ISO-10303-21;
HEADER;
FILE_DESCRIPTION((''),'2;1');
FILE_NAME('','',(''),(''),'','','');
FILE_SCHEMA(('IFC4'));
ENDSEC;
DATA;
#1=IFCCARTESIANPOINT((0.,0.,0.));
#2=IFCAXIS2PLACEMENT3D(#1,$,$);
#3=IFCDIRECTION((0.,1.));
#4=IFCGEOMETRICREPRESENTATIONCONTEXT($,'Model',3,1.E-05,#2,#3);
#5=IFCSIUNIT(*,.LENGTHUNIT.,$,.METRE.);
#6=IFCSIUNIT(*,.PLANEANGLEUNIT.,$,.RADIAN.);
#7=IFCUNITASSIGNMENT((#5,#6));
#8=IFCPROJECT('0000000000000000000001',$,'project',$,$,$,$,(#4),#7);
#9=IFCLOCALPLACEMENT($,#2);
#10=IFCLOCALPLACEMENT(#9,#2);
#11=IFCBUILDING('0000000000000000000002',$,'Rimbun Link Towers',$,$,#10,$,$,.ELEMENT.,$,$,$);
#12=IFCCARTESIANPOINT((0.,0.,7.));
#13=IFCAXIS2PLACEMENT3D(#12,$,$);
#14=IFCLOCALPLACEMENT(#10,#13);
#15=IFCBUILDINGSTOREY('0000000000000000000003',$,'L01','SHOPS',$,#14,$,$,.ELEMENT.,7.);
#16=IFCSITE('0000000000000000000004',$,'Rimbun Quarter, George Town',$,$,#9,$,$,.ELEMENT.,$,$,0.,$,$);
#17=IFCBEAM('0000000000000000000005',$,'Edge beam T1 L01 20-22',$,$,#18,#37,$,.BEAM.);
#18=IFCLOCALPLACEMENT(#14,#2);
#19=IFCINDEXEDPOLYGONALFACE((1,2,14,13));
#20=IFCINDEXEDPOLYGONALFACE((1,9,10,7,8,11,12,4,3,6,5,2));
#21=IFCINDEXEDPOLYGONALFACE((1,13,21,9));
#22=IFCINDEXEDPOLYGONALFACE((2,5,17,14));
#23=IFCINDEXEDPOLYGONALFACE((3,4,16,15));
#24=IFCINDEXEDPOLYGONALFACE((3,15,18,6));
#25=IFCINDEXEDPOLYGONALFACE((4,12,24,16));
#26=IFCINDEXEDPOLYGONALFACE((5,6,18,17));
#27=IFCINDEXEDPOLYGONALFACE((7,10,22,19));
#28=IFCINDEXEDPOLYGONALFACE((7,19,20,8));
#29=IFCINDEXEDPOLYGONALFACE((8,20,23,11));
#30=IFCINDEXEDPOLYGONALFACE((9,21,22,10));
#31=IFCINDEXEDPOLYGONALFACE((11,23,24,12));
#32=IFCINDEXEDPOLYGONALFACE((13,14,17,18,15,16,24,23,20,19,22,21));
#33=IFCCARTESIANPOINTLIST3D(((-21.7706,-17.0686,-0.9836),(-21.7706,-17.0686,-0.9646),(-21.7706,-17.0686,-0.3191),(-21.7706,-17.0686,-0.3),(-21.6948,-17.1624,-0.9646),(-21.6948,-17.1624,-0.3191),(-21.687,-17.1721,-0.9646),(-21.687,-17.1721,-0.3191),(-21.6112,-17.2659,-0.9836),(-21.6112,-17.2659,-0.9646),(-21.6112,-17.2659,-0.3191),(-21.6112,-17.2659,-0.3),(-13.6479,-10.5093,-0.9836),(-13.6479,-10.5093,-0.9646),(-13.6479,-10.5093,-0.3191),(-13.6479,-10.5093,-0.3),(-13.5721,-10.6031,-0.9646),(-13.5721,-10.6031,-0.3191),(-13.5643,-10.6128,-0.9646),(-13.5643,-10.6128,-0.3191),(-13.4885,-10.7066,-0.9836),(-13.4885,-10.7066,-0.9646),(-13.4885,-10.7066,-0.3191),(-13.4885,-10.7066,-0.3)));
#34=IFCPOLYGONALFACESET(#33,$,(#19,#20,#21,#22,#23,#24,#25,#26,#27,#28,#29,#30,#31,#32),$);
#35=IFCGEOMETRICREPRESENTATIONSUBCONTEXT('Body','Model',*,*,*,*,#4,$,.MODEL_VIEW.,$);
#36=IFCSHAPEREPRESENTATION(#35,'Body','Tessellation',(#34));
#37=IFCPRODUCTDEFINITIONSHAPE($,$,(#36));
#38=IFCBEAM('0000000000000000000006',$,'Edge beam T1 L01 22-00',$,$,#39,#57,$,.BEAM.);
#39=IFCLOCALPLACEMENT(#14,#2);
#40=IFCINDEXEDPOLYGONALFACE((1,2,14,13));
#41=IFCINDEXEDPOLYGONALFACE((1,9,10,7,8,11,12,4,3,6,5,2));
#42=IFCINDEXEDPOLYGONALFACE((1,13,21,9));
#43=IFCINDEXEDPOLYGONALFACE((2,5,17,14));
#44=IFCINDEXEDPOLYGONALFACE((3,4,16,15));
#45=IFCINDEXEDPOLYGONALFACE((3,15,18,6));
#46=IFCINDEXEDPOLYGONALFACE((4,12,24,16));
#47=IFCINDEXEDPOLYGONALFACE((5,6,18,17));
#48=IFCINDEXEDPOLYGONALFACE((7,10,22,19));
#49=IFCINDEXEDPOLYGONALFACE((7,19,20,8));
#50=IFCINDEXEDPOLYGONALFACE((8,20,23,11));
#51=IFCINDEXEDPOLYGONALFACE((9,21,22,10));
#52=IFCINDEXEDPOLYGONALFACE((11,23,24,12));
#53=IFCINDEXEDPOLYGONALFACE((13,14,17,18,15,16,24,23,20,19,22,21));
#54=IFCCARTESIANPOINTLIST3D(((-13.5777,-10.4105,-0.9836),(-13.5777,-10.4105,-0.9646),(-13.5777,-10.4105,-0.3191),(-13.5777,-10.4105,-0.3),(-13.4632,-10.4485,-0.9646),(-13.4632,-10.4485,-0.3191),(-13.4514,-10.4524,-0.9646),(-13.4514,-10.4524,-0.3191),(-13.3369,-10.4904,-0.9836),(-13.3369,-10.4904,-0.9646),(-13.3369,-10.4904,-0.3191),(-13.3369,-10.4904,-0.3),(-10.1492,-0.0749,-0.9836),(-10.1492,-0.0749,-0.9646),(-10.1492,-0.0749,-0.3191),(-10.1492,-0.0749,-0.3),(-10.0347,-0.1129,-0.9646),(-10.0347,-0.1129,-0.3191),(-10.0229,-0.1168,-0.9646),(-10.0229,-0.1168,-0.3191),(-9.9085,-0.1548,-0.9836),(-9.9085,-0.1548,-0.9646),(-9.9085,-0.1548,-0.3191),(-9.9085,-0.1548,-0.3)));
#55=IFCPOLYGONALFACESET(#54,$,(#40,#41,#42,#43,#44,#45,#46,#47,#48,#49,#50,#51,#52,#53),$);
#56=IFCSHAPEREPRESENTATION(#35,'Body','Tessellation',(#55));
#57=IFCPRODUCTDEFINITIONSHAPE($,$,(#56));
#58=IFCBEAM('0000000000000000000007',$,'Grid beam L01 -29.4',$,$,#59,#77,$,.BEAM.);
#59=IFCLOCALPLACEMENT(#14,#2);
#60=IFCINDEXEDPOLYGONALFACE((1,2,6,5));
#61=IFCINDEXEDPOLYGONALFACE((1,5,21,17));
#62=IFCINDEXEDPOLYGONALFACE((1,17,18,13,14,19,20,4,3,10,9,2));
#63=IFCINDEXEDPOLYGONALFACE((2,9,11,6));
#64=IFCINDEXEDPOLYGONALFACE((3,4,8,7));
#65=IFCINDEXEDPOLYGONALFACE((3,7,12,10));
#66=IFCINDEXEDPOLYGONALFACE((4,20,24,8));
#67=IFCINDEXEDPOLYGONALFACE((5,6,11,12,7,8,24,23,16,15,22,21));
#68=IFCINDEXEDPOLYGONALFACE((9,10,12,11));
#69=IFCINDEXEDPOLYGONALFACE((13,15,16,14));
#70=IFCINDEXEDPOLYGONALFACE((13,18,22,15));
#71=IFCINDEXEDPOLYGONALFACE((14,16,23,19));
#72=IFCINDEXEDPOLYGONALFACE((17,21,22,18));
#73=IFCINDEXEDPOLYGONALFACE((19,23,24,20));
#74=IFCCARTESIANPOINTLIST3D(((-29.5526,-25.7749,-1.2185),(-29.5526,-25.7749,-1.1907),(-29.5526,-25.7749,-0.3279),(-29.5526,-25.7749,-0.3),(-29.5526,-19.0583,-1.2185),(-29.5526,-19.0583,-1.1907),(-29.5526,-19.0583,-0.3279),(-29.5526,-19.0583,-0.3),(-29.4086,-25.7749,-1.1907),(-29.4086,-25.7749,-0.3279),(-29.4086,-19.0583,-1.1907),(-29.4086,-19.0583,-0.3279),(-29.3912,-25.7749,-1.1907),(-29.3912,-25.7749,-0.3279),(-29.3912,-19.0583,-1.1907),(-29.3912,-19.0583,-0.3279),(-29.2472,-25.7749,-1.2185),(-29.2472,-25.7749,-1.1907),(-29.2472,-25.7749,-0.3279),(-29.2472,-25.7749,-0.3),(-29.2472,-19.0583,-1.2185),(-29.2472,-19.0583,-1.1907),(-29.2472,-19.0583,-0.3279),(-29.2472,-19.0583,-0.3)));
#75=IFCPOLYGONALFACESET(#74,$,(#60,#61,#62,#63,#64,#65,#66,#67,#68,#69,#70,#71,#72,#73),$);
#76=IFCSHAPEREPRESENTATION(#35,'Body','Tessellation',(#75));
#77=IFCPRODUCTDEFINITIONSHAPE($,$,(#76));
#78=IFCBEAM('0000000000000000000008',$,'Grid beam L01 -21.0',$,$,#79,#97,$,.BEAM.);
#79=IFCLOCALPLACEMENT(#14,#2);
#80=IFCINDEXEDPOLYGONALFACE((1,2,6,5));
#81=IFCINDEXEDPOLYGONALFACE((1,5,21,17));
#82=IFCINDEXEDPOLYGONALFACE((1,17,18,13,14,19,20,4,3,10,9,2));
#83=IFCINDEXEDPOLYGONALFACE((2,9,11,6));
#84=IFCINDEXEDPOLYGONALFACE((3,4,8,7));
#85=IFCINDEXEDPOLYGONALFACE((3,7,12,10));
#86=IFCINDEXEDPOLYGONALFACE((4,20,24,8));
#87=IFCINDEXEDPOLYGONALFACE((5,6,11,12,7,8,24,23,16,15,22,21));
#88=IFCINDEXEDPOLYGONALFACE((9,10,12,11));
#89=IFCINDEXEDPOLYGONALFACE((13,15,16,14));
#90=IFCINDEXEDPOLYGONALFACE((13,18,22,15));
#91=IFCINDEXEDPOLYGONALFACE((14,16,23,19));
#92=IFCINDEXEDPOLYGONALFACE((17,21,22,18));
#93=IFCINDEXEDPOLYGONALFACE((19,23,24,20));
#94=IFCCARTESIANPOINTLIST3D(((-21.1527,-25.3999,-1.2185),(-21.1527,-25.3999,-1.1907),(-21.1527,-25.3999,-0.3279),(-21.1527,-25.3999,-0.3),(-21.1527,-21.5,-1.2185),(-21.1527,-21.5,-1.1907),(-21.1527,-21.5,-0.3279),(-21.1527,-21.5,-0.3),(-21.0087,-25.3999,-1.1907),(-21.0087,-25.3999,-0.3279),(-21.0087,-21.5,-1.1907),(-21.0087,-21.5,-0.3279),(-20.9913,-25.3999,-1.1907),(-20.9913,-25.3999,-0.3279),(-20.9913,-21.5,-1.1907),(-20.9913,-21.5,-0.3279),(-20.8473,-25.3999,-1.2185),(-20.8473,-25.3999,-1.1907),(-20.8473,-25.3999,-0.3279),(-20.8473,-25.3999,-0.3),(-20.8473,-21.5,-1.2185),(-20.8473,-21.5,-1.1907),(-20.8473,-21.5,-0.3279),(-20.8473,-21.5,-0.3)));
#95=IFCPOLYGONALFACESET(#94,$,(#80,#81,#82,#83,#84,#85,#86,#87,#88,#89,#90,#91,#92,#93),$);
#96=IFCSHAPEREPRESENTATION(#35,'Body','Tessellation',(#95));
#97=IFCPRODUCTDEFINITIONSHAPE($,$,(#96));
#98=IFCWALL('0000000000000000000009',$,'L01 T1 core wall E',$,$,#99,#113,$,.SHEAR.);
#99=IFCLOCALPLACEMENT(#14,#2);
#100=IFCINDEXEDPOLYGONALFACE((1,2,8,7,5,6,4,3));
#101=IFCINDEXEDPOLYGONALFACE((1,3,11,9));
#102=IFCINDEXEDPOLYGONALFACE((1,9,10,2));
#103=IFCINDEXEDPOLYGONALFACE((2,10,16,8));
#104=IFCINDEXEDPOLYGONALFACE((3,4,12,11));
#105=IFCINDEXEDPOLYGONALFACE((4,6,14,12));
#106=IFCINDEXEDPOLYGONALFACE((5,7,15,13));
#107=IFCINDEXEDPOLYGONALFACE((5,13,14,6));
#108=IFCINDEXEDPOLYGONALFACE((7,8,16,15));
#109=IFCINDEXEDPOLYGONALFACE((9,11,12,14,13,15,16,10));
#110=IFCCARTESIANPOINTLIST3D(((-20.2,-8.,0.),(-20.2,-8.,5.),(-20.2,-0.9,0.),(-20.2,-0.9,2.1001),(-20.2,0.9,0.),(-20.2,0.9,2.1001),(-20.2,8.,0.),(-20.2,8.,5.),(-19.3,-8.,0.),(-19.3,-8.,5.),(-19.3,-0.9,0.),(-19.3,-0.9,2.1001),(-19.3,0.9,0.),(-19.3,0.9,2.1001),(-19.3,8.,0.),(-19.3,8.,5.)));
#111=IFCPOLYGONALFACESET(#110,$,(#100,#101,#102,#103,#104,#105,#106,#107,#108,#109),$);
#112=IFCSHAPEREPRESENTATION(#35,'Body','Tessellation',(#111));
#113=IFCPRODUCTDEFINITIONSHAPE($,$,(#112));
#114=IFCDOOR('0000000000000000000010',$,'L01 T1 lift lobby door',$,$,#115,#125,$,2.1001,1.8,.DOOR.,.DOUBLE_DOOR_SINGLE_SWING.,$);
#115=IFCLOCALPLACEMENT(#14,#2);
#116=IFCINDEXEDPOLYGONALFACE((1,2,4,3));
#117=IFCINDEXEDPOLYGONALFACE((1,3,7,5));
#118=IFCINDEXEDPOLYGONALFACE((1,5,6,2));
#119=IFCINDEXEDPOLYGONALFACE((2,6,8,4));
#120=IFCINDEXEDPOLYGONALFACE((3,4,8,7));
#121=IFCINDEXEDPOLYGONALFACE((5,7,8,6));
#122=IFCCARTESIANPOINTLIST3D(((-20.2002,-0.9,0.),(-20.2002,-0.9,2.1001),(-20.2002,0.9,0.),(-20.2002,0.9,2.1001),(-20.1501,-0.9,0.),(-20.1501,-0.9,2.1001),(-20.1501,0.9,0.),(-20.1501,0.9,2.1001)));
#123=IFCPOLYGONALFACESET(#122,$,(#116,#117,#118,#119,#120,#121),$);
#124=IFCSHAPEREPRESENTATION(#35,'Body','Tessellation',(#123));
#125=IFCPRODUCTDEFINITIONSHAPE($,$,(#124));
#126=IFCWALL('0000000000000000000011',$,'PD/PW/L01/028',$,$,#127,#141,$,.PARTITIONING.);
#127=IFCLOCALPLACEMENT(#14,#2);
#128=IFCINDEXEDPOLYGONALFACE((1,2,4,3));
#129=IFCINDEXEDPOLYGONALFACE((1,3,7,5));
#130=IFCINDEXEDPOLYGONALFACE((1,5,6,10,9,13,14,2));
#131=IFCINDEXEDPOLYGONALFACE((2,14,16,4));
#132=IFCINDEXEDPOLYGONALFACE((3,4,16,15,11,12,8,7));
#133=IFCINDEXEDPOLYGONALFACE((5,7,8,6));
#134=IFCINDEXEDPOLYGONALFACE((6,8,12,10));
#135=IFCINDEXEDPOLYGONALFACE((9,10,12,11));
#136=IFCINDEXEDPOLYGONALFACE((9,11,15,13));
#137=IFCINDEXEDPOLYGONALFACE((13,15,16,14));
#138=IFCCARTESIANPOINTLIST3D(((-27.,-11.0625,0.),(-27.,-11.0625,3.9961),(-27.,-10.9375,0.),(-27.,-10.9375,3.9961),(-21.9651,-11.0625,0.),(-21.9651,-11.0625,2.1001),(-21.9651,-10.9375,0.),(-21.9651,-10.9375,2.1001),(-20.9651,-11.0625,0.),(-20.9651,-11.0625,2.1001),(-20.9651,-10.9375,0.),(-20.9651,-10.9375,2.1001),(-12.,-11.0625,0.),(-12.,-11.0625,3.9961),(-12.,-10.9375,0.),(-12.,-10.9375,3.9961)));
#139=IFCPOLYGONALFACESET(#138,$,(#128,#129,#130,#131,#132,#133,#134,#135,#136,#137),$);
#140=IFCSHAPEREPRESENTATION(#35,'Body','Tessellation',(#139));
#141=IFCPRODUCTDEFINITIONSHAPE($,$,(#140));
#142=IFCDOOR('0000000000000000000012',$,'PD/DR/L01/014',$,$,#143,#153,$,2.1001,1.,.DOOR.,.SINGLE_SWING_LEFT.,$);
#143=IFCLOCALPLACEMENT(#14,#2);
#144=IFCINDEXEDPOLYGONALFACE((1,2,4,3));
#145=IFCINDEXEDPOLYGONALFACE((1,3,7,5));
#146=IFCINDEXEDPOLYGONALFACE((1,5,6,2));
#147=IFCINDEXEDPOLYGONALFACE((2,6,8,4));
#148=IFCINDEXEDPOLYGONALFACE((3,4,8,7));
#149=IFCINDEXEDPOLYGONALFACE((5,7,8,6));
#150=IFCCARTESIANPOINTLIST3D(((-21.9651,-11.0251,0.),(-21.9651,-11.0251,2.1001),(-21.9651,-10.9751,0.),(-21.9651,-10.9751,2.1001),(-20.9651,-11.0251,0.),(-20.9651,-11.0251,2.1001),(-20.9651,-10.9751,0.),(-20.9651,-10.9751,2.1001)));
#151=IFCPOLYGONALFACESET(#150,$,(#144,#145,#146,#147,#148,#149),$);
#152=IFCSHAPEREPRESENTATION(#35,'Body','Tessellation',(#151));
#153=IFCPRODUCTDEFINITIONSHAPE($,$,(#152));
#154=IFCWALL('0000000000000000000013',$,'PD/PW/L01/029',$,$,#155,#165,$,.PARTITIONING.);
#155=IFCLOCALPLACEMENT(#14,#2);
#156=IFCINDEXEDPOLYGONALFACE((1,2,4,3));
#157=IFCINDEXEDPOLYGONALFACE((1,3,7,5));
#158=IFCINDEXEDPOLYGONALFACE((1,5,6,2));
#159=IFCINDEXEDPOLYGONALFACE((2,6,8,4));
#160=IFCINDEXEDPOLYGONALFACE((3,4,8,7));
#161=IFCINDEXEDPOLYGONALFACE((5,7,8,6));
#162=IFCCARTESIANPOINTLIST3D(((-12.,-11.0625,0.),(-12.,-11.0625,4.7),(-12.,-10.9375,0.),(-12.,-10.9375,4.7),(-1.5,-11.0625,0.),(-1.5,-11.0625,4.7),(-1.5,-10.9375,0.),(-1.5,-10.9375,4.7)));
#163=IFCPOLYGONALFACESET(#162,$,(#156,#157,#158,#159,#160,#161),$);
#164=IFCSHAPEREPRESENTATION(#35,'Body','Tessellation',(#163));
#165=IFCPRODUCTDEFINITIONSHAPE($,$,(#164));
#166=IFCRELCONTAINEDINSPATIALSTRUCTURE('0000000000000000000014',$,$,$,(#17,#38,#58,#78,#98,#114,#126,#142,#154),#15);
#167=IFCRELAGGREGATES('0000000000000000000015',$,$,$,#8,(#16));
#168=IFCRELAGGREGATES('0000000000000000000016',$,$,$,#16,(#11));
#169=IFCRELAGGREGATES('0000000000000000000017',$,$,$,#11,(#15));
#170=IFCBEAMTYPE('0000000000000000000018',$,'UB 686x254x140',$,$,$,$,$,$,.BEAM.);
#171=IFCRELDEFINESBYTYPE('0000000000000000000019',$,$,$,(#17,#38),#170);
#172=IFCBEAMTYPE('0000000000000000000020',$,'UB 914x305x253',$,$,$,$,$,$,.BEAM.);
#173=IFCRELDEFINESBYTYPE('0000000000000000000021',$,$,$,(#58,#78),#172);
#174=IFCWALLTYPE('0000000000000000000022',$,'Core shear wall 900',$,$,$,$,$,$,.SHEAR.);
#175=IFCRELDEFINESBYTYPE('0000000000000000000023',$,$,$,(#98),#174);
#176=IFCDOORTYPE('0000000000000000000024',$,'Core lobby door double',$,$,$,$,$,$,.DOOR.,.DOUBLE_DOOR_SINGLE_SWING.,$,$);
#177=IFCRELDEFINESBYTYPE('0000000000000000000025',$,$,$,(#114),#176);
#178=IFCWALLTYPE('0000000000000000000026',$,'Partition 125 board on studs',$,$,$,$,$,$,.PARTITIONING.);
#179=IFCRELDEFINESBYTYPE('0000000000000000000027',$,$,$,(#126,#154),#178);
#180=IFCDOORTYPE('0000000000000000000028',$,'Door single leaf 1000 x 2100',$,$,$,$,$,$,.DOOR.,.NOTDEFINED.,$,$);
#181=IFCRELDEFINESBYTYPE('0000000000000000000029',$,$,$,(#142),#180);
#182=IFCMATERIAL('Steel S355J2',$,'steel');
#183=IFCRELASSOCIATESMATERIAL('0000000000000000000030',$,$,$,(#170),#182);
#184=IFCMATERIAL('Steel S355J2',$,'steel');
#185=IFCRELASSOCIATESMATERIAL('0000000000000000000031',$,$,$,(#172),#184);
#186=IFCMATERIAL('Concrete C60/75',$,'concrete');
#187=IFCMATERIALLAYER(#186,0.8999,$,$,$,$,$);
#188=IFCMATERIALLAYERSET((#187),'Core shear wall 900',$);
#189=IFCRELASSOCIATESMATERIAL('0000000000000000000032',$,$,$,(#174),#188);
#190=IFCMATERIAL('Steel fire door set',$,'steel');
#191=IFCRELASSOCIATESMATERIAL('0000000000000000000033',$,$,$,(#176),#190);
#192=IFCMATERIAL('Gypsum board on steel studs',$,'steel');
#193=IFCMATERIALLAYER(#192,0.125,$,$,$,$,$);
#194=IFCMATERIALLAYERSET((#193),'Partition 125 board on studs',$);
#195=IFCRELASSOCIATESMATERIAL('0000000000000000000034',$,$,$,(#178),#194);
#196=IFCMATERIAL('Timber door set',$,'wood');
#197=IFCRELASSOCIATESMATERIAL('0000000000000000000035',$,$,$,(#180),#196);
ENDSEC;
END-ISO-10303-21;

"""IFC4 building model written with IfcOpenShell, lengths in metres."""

from ifc_helpers import new_model, si_unit, direction, frame, frame_2d, origin, origin_2d, place, context, subcontext, project, spatial, rectangle, i_section, extrude, material, layer, layer_set, material_profile, profile_set, type_object, element, fill, save


model = new_model("IFC4")

# Units and contexts
model_context = context("Model", 3, precision=1e-05, world=origin(), true_north=direction((0.0, 1.0)))
body_context = subcontext(model_context, "Body", "Model", "MODEL_VIEW")
ifc_project = project(units=[si_unit("LENGTHUNIT", "METRE"), si_unit("PLANEANGLEUNIT", "RADIAN")], contexts=[model_context])

# Site, building, storey
site_placement = place(None, origin())
site = spatial("IfcSite", under=ifc_project, at=site_placement, Name="Rimbun Quarter, George Town", CompositionType="ELEMENT", RefElevation=0.0)
building_placement = place(site_placement, origin())
building = spatial("IfcBuilding", under=site, at=building_placement, Name="Rimbun Link Towers", CompositionType="ELEMENT")
storey_placement = place(building_placement, frame((0.0, 0.0, 7.0)))
storey = spatial("IfcBuildingStorey", under=building, at=storey_placement, Name="L01", Description="SHOPS", CompositionType="ELEMENT", Elevation=7.0)

# Beams
ifc_material_1 = material(Name="Steel S355J2", Category="steel")
ifc_material_profile_1 = material_profile(ifc_material_1, i_section(OverallWidth=0.2537, OverallDepth=0.6836, WebThickness=0.0125, FlangeThickness=0.019, at=origin_2d()), Name="UB 686x254x140")
ifc_profile_set_1 = profile_set([ifc_material_profile_1], Name="Steel S355J2")
beam_type_1 = type_object("IfcBeamType", Name="UB 686x254x140", PredefinedType="BEAM", material=ifc_profile_set_1)
beam_1_placement = place(storey_placement, frame((-21.6909, -17.1672, -0.6418), z_axis=(0.778007, 0.628256, 0.0), x_axis=(-0.628256, 0.778007, 0.0)))
element("IfcBeam", 1, at=beam_1_placement, inside=storey, type_object=beam_type_1, Name="Edge beam T1 L01 20-22", PredefinedType="BEAM", context=body_context, shape_type="SweptSolid", body=[
    extrude(i_section(OverallWidth=0.2537, OverallDepth=0.6836, WebThickness=0.0125, FlangeThickness=0.019, at=origin_2d()), origin(), (0.0, 0.0, 1.0), 10.4404),
])
beam_2_placement = place(storey_placement, frame((-13.4573, -10.4504, -0.6418), z_axis=(0.314842, 0.949144, 0.0), x_axis=(-0.949144, 0.314842, 0.0)))
element("IfcBeam", 2, at=beam_2_placement, inside=storey, type_object=beam_type_1, Name="Edge beam T1 L01 22-00", PredefinedType="BEAM", context=body_context, shape_type="SweptSolid", body=[
    extrude(i_section(OverallWidth=0.2537, OverallDepth=0.6836, WebThickness=0.0125, FlangeThickness=0.019, at=origin_2d()), origin(), (0.0, 0.0, 1.0), 10.8894),
])
ifc_material_2 = material(Name="Steel S355J2", Category="steel")
ifc_material_profile_2 = material_profile(ifc_material_2, i_section(OverallWidth=0.3054, OverallDepth=0.9185, WebThickness=0.0173, FlangeThickness=0.0278, at=origin_2d()), Name="UB 914x305x253")
ifc_profile_set_2 = profile_set([ifc_material_profile_2], Name="Steel S355J2")
beam_type_2 = type_object("IfcBeamType", Name="UB 914x305x253", PredefinedType="BEAM", material=ifc_profile_set_2)
beam_3_placement = place(storey_placement, frame((-29.3999, -25.7749, -0.7593), z_axis=(0.0, 1.0, 0.0), x_axis=(-1.0, 0.0, 0.0)))
element("IfcBeam", 3, at=beam_3_placement, inside=storey, type_object=beam_type_2, Name="Grid beam L01 -29.4", PredefinedType="BEAM", context=body_context, shape_type="SweptSolid", body=[
    extrude(i_section(OverallWidth=0.3054, OverallDepth=0.9185, WebThickness=0.0173, FlangeThickness=0.0278, at=origin_2d()), origin(), (0.0, 0.0, 1.0), 6.7166),
])
beam_4_placement = place(storey_placement, frame((-21.0, -25.3999, -0.7593), z_axis=(0.0, 1.0, 0.0), x_axis=(-1.0, 0.0, 0.0)))
element("IfcBeam", 4, at=beam_4_placement, inside=storey, type_object=beam_type_2, Name="Grid beam L01 -21.0", PredefinedType="BEAM", context=body_context, shape_type="SweptSolid", body=[
    extrude(i_section(OverallWidth=0.3054, OverallDepth=0.9185, WebThickness=0.0173, FlangeThickness=0.0278, at=origin_2d()), origin(), (0.0, 0.0, 1.0), 3.8999),
])

# Walls, openings, doors
ifc_material_3 = material(Name="Concrete C60/75", Category="concrete")
ifc_layer_1 = layer(ifc_material_3, 0.8999)
ifc_layer_set_1 = layer_set([ifc_layer_1], Name="Core shear wall 900")
wall_type_1 = type_object("IfcWallType", Name="Core shear wall 900", PredefinedType="SHEAR", material=ifc_layer_set_1)
wall_1_placement = place(storey_placement, frame((-19.75, -8.0, 0.0), z_axis=(0.0, 0.0, 1.0), x_axis=(0.0, 1.0, 0.0)))
wall_1 = element("IfcWall", 5, at=wall_1_placement, inside=storey, type_object=wall_type_1, Name="L01 T1 core wall E", PredefinedType="SHEAR", context=body_context, shape_type="SweptSolid", body=[
    extrude(rectangle(XDim=16.0, YDim=0.8999, at=frame_2d((8.0, 0.0))), origin(), (0.0, 0.0, 1.0), 5.0),
])
opening_1_placement = place(wall_1_placement, frame((7.1001, 0.0, 0.0)))
opening_1 = element("IfcOpeningElement", 6, at=opening_1_placement, cuts=wall_1, PredefinedType="OPENING", context=body_context, shape_type="SweptSolid", body=[
    extrude(rectangle(XDim=1.8, YDim=2.1001, at=frame_2d((0.8999, 1.05))), frame((0.0, 0.46, 0.0), z_axis=(0.0, -1.0, 0.0), x_axis=(1.0, 0.0, 0.0)), (0.0, 0.0, 1.0), 0.9199),
])
ifc_material_4 = material(Name="Steel fire door set", Category="steel")
door_type_1 = type_object("IfcDoorType", Name="Core lobby door double", OperationType="DOUBLE_DOOR_SINGLE_SWING", PredefinedType="DOOR", material=ifc_material_4)
door_1_placement = place(opening_1_placement, origin())
door_1 = element("IfcDoor", 7, at=door_1_placement, inside=storey, type_object=door_type_1, Name="L01 T1 lift lobby door", OperationType="DOUBLE_DOOR_SINGLE_SWING", OverallHeight=2.1001, OverallWidth=1.8, PredefinedType="DOOR", context=body_context, shape_type="SweptSolid", body=[
    extrude(rectangle(XDim=1.8, YDim=2.1001, at=frame_2d((0.8999, 1.05))), frame((0.0, 0.4502, 0.0), z_axis=(0.0, -1.0, 0.0), x_axis=(1.0, 0.0, 0.0)), (0.0, 0.0, 1.0), 0.05),
])
fill(opening_1, door_1)
ifc_material_5 = material(Name="Gypsum board on steel studs", Category="steel")
ifc_layer_2 = layer(ifc_material_5, 0.125)
ifc_layer_set_2 = layer_set([ifc_layer_2], Name="Partition 125 board on studs")
wall_type_2 = type_object("IfcWallType", Name="Partition 125 board on studs", PredefinedType="PARTITIONING", material=ifc_layer_set_2)
wall_2_placement = place(storey_placement, frame((-27.0, -11.0, 0.0), z_axis=(0.0, 0.0, 1.0), x_axis=(1.0, 0.0, 0.0)))
wall_2 = element("IfcWall", 8, at=wall_2_placement, inside=storey, type_object=wall_type_2, Name="PD/PW/L01/028", PredefinedType="PARTITIONING", context=body_context, shape_type="SweptSolid", body=[
    extrude(rectangle(XDim=15.0, YDim=0.125, at=frame_2d((7.5, 0.0))), origin(), (0.0, 0.0, 1.0), 3.9961),
])
opening_2_placement = place(wall_2_placement, frame((5.0349, 0.0, 0.0)))
opening_2 = element("IfcOpeningElement", 9, at=opening_2_placement, cuts=wall_2, PredefinedType="OPENING", context=body_context, shape_type="SweptSolid", body=[
    extrude(rectangle(XDim=1.0, YDim=2.1001, at=frame_2d((0.5, 1.05))), frame((0.0, 0.0725, 0.0), z_axis=(0.0, -1.0, 0.0), x_axis=(1.0, 0.0, 0.0)), (0.0, 0.0, 1.0), 0.145),
])
ifc_material_6 = material(Name="Timber door set", Category="wood")
door_type_2 = type_object("IfcDoorType", Name="Door single leaf 1000 x 2100", OperationType="NOTDEFINED", PredefinedType="DOOR", material=ifc_material_6)
door_2_placement = place(opening_2_placement, origin())
door_2 = element("IfcDoor", 10, at=door_2_placement, inside=storey, type_object=door_type_2, Name="PD/DR/L01/014", OperationType="SINGLE_SWING_LEFT", OverallHeight=2.1001, OverallWidth=1.0, PredefinedType="DOOR", context=body_context, shape_type="SweptSolid", body=[
    extrude(rectangle(XDim=1.0, YDim=2.1001, at=frame_2d((0.5, 1.05))), frame((0.0, 0.0249, 0.0), z_axis=(0.0, -1.0, 0.0), x_axis=(1.0, 0.0, 0.0)), (0.0, 0.0, 1.0), 0.05),
])
fill(opening_2, door_2)

# Wall
wall_3_placement = place(storey_placement, frame((-12.0, -11.0, 0.0), z_axis=(0.0, 0.0, 1.0), x_axis=(1.0, 0.0, 0.0)))
element("IfcWall", 11, at=wall_3_placement, inside=storey, type_object=wall_type_2, Name="PD/PW/L01/029", PredefinedType="PARTITIONING", context=body_context, shape_type="SweptSolid", body=[
    extrude(rectangle(XDim=10.5, YDim=0.125, at=frame_2d((5.25, 0.0))), origin(), (0.0, 0.0, 1.0), 4.7),
])

save(model, "model.ifc")
